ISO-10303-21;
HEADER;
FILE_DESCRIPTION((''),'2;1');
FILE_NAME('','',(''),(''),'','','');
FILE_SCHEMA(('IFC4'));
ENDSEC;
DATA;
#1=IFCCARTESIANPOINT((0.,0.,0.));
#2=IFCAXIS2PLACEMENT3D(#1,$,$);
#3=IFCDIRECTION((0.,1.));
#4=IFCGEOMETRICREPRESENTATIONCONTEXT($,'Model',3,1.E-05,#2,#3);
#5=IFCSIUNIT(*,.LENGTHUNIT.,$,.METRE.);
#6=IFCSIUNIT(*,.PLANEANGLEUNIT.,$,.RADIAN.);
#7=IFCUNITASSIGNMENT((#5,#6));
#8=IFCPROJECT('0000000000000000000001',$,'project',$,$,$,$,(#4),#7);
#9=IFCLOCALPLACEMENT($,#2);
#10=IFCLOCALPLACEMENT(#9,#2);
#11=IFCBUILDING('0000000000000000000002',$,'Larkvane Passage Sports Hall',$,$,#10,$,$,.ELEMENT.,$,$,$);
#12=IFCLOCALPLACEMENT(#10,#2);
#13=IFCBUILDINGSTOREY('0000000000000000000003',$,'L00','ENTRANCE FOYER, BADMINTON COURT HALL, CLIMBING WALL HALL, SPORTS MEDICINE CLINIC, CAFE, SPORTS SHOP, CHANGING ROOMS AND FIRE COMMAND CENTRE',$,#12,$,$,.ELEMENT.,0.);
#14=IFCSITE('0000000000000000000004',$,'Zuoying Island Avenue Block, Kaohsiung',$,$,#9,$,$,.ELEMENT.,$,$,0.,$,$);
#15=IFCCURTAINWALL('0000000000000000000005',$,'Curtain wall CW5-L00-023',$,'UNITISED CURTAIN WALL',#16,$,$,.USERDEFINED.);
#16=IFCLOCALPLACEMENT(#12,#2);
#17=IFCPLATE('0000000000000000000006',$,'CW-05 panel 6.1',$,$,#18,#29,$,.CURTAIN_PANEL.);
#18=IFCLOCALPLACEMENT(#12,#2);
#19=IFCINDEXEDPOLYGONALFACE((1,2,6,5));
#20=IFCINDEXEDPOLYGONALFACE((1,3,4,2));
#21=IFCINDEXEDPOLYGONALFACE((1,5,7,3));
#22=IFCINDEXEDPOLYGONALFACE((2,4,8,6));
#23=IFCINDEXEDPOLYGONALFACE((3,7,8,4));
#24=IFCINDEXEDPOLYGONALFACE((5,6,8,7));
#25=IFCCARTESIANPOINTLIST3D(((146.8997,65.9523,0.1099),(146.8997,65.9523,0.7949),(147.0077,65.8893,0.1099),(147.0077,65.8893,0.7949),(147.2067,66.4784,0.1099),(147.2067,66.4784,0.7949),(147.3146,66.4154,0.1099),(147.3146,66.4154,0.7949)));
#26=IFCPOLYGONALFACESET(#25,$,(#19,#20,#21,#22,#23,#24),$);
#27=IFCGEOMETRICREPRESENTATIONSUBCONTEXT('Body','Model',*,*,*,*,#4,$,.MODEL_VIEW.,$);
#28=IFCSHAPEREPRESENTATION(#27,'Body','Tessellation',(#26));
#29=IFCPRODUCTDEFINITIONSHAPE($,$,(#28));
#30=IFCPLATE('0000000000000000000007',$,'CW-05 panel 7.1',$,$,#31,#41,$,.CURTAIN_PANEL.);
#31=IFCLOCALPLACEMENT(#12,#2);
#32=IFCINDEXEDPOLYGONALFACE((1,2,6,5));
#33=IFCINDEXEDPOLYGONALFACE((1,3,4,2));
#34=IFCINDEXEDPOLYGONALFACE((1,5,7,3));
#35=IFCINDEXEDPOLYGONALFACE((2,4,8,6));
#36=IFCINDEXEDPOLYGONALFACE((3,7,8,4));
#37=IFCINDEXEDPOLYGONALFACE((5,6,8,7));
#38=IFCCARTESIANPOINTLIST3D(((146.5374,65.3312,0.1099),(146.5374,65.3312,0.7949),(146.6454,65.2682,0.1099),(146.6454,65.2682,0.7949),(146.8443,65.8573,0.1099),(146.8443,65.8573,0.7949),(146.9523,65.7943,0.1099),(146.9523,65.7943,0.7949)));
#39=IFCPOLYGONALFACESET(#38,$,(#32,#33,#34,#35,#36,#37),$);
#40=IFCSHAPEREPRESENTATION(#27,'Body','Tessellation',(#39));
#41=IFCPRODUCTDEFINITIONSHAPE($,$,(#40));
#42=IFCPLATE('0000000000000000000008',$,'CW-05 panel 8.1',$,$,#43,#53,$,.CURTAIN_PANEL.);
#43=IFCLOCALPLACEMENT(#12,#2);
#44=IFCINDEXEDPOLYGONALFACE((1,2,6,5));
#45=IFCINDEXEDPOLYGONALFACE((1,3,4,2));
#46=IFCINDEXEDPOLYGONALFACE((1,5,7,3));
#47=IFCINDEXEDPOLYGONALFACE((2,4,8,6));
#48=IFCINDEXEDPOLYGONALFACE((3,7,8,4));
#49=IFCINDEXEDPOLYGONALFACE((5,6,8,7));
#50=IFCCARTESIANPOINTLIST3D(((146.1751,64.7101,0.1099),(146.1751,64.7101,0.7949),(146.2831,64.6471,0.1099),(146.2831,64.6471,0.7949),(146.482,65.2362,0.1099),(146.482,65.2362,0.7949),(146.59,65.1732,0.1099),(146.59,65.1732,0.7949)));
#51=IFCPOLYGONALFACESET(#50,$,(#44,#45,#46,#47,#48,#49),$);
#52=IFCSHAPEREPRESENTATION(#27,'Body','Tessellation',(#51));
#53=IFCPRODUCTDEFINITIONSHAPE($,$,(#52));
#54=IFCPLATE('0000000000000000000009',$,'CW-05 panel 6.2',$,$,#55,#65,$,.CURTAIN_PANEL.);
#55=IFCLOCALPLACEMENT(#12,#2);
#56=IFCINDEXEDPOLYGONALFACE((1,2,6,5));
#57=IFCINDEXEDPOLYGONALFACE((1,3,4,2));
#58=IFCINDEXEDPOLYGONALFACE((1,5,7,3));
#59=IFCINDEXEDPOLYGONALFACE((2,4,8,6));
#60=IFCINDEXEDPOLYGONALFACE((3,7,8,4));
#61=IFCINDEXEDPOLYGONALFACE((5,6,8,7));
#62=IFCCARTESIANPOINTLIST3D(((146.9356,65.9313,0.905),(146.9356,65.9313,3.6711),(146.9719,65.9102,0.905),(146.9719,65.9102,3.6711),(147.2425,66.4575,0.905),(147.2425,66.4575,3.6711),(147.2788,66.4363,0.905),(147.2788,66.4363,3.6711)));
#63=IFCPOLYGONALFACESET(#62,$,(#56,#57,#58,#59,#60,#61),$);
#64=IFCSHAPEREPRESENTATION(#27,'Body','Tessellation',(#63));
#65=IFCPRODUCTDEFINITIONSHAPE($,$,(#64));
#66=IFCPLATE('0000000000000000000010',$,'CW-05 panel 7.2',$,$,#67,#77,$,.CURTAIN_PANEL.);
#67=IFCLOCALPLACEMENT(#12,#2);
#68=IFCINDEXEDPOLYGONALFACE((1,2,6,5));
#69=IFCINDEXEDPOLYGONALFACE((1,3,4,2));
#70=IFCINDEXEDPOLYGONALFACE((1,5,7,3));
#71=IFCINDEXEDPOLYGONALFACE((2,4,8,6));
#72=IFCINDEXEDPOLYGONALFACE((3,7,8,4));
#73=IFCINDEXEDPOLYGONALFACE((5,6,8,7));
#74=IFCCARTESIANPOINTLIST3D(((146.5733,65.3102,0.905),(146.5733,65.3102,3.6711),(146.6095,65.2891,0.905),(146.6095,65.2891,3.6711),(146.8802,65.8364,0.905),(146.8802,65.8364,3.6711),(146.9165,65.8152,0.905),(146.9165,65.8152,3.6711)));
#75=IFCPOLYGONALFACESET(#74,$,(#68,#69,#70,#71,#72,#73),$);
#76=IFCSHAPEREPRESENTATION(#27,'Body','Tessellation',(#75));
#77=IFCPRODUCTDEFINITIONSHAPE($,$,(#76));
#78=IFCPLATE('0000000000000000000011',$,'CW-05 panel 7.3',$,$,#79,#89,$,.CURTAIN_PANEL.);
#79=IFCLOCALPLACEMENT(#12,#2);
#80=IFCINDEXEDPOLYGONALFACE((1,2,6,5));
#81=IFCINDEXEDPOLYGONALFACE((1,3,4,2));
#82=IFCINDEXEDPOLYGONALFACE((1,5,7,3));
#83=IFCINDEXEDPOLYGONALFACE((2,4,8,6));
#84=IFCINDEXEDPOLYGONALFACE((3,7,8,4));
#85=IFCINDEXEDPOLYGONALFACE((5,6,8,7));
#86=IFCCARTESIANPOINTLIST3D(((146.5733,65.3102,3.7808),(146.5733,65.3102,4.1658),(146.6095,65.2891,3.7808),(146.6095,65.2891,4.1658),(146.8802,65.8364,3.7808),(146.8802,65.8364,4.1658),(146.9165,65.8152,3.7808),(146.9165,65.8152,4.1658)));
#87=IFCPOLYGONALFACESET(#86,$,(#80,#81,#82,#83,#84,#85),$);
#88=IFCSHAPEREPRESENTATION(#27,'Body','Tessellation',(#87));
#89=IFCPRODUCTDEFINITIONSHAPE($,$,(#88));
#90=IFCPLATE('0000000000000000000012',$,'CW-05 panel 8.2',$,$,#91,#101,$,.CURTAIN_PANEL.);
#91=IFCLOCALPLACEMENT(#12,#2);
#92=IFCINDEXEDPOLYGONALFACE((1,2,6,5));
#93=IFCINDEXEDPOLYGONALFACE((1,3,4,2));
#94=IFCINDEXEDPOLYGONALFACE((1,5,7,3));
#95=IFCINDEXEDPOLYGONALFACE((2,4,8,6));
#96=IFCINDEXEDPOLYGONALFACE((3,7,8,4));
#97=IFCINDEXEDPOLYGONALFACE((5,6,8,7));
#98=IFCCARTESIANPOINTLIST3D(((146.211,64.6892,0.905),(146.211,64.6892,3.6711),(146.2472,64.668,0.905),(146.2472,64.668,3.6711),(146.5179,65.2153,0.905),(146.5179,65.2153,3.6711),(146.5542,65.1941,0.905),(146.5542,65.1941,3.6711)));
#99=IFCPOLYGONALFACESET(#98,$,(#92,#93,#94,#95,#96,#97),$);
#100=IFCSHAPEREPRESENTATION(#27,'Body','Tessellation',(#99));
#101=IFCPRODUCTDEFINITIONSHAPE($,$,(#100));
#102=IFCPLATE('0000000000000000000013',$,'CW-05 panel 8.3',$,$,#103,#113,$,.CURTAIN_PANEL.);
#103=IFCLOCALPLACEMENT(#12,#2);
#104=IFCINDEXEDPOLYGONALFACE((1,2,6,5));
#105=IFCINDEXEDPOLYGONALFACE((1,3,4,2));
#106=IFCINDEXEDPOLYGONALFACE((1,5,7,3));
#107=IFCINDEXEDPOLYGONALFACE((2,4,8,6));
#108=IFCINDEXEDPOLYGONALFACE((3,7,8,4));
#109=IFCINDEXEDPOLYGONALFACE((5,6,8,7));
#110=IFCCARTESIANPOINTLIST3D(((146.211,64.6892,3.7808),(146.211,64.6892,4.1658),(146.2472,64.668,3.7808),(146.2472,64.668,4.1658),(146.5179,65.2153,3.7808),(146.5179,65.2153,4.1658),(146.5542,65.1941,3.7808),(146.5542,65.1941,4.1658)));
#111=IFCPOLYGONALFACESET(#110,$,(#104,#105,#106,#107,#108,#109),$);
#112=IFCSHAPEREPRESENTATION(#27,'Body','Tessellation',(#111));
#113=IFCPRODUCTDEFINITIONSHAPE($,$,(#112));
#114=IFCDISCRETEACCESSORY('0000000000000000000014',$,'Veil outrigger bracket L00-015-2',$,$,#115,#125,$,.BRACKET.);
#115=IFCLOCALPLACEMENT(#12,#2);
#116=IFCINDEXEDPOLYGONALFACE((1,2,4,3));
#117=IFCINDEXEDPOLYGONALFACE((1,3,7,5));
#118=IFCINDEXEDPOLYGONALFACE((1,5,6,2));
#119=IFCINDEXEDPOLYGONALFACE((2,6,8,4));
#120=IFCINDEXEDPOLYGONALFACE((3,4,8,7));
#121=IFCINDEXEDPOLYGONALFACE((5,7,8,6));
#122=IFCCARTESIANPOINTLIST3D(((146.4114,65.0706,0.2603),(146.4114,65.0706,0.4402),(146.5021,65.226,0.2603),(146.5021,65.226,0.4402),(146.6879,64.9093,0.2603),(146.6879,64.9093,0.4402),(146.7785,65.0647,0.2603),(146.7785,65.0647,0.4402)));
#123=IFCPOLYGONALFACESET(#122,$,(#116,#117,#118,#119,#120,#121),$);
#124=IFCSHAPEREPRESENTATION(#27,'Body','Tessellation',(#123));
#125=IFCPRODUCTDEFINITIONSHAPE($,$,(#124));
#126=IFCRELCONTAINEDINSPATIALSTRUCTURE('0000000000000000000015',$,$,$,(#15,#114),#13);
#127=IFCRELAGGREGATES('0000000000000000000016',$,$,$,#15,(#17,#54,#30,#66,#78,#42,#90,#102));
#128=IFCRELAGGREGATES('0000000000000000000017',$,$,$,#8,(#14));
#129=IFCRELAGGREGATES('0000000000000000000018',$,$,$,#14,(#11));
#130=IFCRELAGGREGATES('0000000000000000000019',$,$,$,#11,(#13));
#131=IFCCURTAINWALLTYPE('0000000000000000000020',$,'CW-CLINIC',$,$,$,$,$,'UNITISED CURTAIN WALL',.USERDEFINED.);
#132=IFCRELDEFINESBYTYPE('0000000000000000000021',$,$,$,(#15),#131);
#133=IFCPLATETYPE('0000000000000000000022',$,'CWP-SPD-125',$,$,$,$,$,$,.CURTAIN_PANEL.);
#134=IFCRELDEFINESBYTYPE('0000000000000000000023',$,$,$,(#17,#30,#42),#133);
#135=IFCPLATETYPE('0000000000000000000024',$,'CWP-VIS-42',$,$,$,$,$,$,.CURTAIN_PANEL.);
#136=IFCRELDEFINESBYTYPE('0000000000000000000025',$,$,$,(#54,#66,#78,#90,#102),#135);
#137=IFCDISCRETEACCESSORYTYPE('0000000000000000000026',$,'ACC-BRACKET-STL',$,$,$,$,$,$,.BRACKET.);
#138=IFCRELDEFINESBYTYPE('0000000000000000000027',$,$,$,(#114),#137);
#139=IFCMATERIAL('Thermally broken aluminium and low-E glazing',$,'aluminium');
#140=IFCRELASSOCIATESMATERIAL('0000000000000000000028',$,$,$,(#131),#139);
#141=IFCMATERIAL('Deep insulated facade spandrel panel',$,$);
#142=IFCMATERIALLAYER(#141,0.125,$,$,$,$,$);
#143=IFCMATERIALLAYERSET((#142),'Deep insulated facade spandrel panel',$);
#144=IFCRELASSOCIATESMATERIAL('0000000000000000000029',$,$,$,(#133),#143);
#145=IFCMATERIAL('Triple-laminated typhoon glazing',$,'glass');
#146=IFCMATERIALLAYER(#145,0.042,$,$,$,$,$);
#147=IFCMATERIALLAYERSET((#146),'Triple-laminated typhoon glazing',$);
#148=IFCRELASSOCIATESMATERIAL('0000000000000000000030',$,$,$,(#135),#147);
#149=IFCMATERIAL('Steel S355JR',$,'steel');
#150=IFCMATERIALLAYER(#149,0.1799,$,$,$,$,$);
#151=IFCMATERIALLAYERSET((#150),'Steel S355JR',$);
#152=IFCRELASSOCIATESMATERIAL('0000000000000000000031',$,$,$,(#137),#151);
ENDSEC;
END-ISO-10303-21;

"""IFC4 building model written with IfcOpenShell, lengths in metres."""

from ifc_helpers import new_model, si_unit, direction, frame, origin, origin_2d, place, context, subcontext, project, spatial, rectangle, extrude, material, layer, layer_set, type_object, element, aggregate, save


model = new_model("IFC4")

# Units and contexts
model_context = context("Model", 3, precision=1e-05, world=origin(), true_north=direction((0.0, 1.0)))
body_context = subcontext(model_context, "Body", "Model", "MODEL_VIEW")
ifc_project = project(units=[si_unit("LENGTHUNIT", "METRE"), si_unit("PLANEANGLEUNIT", "RADIAN")], contexts=[model_context])

# Site, building, storey
site_placement = place(None, origin())
site = spatial("IfcSite", under=ifc_project, at=site_placement, Name="Zuoying Island Avenue Block, Kaohsiung", CompositionType="ELEMENT", RefElevation=0.0)
building_placement = place(site_placement, origin())
building = spatial("IfcBuilding", under=site, at=building_placement, Name="Larkvane Passage Sports Hall", CompositionType="ELEMENT")
storey_placement = place(building_placement, origin())
storey = spatial("IfcBuildingStorey", under=building, at=storey_placement, Name="L00", Description="ENTRANCE FOYER, BADMINTON COURT HALL, CLIMBING WALL HALL, SPORTS MEDICINE CLINIC, CAFE, SPORTS SHOP, CHANGING ROOMS AND FIRE COMMAND CENTRE", CompositionType="ELEMENT", Elevation=0.0)

# Curtain wall, plates
ifc_material_1 = material(Name="Thermally broken aluminium and low-E glazing", Category="aluminium")
curtain_wall_type = type_object("IfcCurtainWallType", Name="CW-CLINIC", ElementType="UNITISED CURTAIN WALL", PredefinedType="USERDEFINED", material=ifc_material_1)
curtain_wall_placement = place(storey_placement, origin())
curtain_wall = element("IfcCurtainWall", 1, at=curtain_wall_placement, inside=storey, type_object=curtain_wall_type, Name="Curtain wall CW5-L00-023", ObjectType="UNITISED CURTAIN WALL", PredefinedType="USERDEFINED")
ifc_material_2 = material(Name="Deep insulated facade spandrel panel")
ifc_layer_1 = layer(ifc_material_2, 0.125)
ifc_layer_set_1 = layer_set([ifc_layer_1], Name="Deep insulated facade spandrel panel")
plate_type_1 = type_object("IfcPlateType", Name="CWP-SPD-125", PredefinedType="CURTAIN_PANEL", material=ifc_layer_set_1)
plate_1_placement = place(storey_placement, frame((147.1072, 66.1838, 0.1099), z_axis=(0.0, 0.0, 1.0), x_axis=(-0.503867, -0.863781, 0.0)))
plate_1 = element("IfcPlate", 2, at=plate_1_placement, type_object=plate_type_1, Name="CW-05 panel 6.1", PredefinedType="CURTAIN_PANEL", context=body_context, shape_type="SweptSolid", body=[
    extrude(rectangle(XDim=0.6091, YDim=0.125, at=origin_2d()), origin(), (0.0, 0.0, 1.0), 0.6851),
])
plate_2_placement = place(storey_placement, frame((146.7449, 65.5627, 0.1099), z_axis=(0.0, 0.0, 1.0), x_axis=(-0.503867, -0.863781, 0.0)))
plate_2 = element("IfcPlate", 3, at=plate_2_placement, type_object=plate_type_1, Name="CW-05 panel 7.1", PredefinedType="CURTAIN_PANEL", context=body_context, shape_type="SweptSolid", body=[
    extrude(rectangle(XDim=0.6091, YDim=0.125, at=origin_2d()), origin(), (0.0, 0.0, 1.0), 0.6851),
])
plate_3_placement = place(storey_placement, frame((146.3826, 64.9417, 0.1099), z_axis=(0.0, 0.0, 1.0), x_axis=(-0.503867, -0.863781, 0.0)))
plate_3 = element("IfcPlate", 4, at=plate_3_placement, type_object=plate_type_1, Name="CW-05 panel 8.1", PredefinedType="CURTAIN_PANEL", context=body_context, shape_type="SweptSolid", body=[
    extrude(rectangle(XDim=0.6091, YDim=0.125, at=origin_2d()), origin(), (0.0, 0.0, 1.0), 0.6851),
])
ifc_material_3 = material(Name="Triple-laminated typhoon glazing", Category="glass")
ifc_layer_2 = layer(ifc_material_3, 0.042)
ifc_layer_set_2 = layer_set([ifc_layer_2], Name="Triple-laminated typhoon glazing")
plate_type_2 = type_object("IfcPlateType", Name="CWP-VIS-42", PredefinedType="CURTAIN_PANEL", material=ifc_layer_set_2)
plate_4_placement = place(storey_placement, frame((147.1072, 66.1838, 0.905), z_axis=(0.0, 0.0, 1.0), x_axis=(-0.503867, -0.863781, 0.0)))
plate_4 = element("IfcPlate", 5, at=plate_4_placement, type_object=plate_type_2, Name="CW-05 panel 6.2", PredefinedType="CURTAIN_PANEL", context=body_context, shape_type="SweptSolid", body=[
    extrude(rectangle(XDim=0.6091, YDim=0.042, at=origin_2d()), origin(), (0.0, 0.0, 1.0), 2.7661),
])
plate_5_placement = place(storey_placement, frame((146.7449, 65.5627, 0.905), z_axis=(0.0, 0.0, 1.0), x_axis=(-0.503867, -0.863781, 0.0)))
plate_5 = element("IfcPlate", 6, at=plate_5_placement, type_object=plate_type_2, Name="CW-05 panel 7.2", PredefinedType="CURTAIN_PANEL", context=body_context, shape_type="SweptSolid", body=[
    extrude(rectangle(XDim=0.6091, YDim=0.042, at=origin_2d()), origin(), (0.0, 0.0, 1.0), 2.7661),
])
plate_6_placement = place(storey_placement, frame((146.7449, 65.5627, 3.7808), z_axis=(0.0, 0.0, 1.0), x_axis=(-0.503867, -0.863781, 0.0)))
plate_6 = element("IfcPlate", 7, at=plate_6_placement, type_object=plate_type_2, Name="CW-05 panel 7.3", PredefinedType="CURTAIN_PANEL", context=body_context, shape_type="SweptSolid", body=[
    extrude(rectangle(XDim=0.6091, YDim=0.042, at=origin_2d()), origin(), (0.0, 0.0, 1.0), 0.385),
])
plate_7_placement = place(storey_placement, frame((146.3826, 64.9417, 0.905), z_axis=(0.0, 0.0, 1.0), x_axis=(-0.503867, -0.863781, 0.0)))
plate_7 = element("IfcPlate", 8, at=plate_7_placement, type_object=plate_type_2, Name="CW-05 panel 8.2", PredefinedType="CURTAIN_PANEL", context=body_context, shape_type="SweptSolid", body=[
    extrude(rectangle(XDim=0.6091, YDim=0.042, at=origin_2d()), origin(), (0.0, 0.0, 1.0), 2.7661),
])
plate_8_placement = place(storey_placement, frame((146.3826, 64.9417, 3.7808), z_axis=(0.0, 0.0, 1.0), x_axis=(-0.503867, -0.863781, 0.0)))
plate_8 = element("IfcPlate", 9, at=plate_8_placement, type_object=plate_type_2, Name="CW-05 panel 8.3", PredefinedType="CURTAIN_PANEL", context=body_context, shape_type="SweptSolid", body=[
    extrude(rectangle(XDim=0.6091, YDim=0.042, at=origin_2d()), origin(), (0.0, 0.0, 1.0), 0.385),
])
aggregate(curtain_wall, [plate_1, plate_4, plate_2, plate_5, plate_6, plate_3, plate_7, plate_8])

# Discrete accessory
ifc_material_4 = material(Name="Steel S355JR", Category="steel")
ifc_layer_3 = layer(ifc_material_4, 0.1799)
ifc_layer_set_3 = layer_set([ifc_layer_3], Name="Steel S355JR")
discrete_accessory_type = type_object("IfcDiscreteAccessoryType", Name="ACC-BRACKET-STL", PredefinedType="BRACKET", material=ifc_layer_set_3)
discrete_accessory_placement = place(storey_placement, frame((146.595, 65.0676, 0.2603), z_axis=(0.0, 0.0, 1.0), x_axis=(-0.503871, -0.863779, 0.0)))
element("IfcDiscreteAccessory", 10, at=discrete_accessory_placement, inside=storey, type_object=discrete_accessory_type, Name="Veil outrigger bracket L00-015-2", PredefinedType="BRACKET", context=body_context, shape_type="SweptSolid", body=[
    extrude(rectangle(XDim=0.1799, YDim=0.3201, at=origin_2d()), origin(), (0.0, 0.0, 1.0), 0.1799),
])

save(model, "model.ifc")
